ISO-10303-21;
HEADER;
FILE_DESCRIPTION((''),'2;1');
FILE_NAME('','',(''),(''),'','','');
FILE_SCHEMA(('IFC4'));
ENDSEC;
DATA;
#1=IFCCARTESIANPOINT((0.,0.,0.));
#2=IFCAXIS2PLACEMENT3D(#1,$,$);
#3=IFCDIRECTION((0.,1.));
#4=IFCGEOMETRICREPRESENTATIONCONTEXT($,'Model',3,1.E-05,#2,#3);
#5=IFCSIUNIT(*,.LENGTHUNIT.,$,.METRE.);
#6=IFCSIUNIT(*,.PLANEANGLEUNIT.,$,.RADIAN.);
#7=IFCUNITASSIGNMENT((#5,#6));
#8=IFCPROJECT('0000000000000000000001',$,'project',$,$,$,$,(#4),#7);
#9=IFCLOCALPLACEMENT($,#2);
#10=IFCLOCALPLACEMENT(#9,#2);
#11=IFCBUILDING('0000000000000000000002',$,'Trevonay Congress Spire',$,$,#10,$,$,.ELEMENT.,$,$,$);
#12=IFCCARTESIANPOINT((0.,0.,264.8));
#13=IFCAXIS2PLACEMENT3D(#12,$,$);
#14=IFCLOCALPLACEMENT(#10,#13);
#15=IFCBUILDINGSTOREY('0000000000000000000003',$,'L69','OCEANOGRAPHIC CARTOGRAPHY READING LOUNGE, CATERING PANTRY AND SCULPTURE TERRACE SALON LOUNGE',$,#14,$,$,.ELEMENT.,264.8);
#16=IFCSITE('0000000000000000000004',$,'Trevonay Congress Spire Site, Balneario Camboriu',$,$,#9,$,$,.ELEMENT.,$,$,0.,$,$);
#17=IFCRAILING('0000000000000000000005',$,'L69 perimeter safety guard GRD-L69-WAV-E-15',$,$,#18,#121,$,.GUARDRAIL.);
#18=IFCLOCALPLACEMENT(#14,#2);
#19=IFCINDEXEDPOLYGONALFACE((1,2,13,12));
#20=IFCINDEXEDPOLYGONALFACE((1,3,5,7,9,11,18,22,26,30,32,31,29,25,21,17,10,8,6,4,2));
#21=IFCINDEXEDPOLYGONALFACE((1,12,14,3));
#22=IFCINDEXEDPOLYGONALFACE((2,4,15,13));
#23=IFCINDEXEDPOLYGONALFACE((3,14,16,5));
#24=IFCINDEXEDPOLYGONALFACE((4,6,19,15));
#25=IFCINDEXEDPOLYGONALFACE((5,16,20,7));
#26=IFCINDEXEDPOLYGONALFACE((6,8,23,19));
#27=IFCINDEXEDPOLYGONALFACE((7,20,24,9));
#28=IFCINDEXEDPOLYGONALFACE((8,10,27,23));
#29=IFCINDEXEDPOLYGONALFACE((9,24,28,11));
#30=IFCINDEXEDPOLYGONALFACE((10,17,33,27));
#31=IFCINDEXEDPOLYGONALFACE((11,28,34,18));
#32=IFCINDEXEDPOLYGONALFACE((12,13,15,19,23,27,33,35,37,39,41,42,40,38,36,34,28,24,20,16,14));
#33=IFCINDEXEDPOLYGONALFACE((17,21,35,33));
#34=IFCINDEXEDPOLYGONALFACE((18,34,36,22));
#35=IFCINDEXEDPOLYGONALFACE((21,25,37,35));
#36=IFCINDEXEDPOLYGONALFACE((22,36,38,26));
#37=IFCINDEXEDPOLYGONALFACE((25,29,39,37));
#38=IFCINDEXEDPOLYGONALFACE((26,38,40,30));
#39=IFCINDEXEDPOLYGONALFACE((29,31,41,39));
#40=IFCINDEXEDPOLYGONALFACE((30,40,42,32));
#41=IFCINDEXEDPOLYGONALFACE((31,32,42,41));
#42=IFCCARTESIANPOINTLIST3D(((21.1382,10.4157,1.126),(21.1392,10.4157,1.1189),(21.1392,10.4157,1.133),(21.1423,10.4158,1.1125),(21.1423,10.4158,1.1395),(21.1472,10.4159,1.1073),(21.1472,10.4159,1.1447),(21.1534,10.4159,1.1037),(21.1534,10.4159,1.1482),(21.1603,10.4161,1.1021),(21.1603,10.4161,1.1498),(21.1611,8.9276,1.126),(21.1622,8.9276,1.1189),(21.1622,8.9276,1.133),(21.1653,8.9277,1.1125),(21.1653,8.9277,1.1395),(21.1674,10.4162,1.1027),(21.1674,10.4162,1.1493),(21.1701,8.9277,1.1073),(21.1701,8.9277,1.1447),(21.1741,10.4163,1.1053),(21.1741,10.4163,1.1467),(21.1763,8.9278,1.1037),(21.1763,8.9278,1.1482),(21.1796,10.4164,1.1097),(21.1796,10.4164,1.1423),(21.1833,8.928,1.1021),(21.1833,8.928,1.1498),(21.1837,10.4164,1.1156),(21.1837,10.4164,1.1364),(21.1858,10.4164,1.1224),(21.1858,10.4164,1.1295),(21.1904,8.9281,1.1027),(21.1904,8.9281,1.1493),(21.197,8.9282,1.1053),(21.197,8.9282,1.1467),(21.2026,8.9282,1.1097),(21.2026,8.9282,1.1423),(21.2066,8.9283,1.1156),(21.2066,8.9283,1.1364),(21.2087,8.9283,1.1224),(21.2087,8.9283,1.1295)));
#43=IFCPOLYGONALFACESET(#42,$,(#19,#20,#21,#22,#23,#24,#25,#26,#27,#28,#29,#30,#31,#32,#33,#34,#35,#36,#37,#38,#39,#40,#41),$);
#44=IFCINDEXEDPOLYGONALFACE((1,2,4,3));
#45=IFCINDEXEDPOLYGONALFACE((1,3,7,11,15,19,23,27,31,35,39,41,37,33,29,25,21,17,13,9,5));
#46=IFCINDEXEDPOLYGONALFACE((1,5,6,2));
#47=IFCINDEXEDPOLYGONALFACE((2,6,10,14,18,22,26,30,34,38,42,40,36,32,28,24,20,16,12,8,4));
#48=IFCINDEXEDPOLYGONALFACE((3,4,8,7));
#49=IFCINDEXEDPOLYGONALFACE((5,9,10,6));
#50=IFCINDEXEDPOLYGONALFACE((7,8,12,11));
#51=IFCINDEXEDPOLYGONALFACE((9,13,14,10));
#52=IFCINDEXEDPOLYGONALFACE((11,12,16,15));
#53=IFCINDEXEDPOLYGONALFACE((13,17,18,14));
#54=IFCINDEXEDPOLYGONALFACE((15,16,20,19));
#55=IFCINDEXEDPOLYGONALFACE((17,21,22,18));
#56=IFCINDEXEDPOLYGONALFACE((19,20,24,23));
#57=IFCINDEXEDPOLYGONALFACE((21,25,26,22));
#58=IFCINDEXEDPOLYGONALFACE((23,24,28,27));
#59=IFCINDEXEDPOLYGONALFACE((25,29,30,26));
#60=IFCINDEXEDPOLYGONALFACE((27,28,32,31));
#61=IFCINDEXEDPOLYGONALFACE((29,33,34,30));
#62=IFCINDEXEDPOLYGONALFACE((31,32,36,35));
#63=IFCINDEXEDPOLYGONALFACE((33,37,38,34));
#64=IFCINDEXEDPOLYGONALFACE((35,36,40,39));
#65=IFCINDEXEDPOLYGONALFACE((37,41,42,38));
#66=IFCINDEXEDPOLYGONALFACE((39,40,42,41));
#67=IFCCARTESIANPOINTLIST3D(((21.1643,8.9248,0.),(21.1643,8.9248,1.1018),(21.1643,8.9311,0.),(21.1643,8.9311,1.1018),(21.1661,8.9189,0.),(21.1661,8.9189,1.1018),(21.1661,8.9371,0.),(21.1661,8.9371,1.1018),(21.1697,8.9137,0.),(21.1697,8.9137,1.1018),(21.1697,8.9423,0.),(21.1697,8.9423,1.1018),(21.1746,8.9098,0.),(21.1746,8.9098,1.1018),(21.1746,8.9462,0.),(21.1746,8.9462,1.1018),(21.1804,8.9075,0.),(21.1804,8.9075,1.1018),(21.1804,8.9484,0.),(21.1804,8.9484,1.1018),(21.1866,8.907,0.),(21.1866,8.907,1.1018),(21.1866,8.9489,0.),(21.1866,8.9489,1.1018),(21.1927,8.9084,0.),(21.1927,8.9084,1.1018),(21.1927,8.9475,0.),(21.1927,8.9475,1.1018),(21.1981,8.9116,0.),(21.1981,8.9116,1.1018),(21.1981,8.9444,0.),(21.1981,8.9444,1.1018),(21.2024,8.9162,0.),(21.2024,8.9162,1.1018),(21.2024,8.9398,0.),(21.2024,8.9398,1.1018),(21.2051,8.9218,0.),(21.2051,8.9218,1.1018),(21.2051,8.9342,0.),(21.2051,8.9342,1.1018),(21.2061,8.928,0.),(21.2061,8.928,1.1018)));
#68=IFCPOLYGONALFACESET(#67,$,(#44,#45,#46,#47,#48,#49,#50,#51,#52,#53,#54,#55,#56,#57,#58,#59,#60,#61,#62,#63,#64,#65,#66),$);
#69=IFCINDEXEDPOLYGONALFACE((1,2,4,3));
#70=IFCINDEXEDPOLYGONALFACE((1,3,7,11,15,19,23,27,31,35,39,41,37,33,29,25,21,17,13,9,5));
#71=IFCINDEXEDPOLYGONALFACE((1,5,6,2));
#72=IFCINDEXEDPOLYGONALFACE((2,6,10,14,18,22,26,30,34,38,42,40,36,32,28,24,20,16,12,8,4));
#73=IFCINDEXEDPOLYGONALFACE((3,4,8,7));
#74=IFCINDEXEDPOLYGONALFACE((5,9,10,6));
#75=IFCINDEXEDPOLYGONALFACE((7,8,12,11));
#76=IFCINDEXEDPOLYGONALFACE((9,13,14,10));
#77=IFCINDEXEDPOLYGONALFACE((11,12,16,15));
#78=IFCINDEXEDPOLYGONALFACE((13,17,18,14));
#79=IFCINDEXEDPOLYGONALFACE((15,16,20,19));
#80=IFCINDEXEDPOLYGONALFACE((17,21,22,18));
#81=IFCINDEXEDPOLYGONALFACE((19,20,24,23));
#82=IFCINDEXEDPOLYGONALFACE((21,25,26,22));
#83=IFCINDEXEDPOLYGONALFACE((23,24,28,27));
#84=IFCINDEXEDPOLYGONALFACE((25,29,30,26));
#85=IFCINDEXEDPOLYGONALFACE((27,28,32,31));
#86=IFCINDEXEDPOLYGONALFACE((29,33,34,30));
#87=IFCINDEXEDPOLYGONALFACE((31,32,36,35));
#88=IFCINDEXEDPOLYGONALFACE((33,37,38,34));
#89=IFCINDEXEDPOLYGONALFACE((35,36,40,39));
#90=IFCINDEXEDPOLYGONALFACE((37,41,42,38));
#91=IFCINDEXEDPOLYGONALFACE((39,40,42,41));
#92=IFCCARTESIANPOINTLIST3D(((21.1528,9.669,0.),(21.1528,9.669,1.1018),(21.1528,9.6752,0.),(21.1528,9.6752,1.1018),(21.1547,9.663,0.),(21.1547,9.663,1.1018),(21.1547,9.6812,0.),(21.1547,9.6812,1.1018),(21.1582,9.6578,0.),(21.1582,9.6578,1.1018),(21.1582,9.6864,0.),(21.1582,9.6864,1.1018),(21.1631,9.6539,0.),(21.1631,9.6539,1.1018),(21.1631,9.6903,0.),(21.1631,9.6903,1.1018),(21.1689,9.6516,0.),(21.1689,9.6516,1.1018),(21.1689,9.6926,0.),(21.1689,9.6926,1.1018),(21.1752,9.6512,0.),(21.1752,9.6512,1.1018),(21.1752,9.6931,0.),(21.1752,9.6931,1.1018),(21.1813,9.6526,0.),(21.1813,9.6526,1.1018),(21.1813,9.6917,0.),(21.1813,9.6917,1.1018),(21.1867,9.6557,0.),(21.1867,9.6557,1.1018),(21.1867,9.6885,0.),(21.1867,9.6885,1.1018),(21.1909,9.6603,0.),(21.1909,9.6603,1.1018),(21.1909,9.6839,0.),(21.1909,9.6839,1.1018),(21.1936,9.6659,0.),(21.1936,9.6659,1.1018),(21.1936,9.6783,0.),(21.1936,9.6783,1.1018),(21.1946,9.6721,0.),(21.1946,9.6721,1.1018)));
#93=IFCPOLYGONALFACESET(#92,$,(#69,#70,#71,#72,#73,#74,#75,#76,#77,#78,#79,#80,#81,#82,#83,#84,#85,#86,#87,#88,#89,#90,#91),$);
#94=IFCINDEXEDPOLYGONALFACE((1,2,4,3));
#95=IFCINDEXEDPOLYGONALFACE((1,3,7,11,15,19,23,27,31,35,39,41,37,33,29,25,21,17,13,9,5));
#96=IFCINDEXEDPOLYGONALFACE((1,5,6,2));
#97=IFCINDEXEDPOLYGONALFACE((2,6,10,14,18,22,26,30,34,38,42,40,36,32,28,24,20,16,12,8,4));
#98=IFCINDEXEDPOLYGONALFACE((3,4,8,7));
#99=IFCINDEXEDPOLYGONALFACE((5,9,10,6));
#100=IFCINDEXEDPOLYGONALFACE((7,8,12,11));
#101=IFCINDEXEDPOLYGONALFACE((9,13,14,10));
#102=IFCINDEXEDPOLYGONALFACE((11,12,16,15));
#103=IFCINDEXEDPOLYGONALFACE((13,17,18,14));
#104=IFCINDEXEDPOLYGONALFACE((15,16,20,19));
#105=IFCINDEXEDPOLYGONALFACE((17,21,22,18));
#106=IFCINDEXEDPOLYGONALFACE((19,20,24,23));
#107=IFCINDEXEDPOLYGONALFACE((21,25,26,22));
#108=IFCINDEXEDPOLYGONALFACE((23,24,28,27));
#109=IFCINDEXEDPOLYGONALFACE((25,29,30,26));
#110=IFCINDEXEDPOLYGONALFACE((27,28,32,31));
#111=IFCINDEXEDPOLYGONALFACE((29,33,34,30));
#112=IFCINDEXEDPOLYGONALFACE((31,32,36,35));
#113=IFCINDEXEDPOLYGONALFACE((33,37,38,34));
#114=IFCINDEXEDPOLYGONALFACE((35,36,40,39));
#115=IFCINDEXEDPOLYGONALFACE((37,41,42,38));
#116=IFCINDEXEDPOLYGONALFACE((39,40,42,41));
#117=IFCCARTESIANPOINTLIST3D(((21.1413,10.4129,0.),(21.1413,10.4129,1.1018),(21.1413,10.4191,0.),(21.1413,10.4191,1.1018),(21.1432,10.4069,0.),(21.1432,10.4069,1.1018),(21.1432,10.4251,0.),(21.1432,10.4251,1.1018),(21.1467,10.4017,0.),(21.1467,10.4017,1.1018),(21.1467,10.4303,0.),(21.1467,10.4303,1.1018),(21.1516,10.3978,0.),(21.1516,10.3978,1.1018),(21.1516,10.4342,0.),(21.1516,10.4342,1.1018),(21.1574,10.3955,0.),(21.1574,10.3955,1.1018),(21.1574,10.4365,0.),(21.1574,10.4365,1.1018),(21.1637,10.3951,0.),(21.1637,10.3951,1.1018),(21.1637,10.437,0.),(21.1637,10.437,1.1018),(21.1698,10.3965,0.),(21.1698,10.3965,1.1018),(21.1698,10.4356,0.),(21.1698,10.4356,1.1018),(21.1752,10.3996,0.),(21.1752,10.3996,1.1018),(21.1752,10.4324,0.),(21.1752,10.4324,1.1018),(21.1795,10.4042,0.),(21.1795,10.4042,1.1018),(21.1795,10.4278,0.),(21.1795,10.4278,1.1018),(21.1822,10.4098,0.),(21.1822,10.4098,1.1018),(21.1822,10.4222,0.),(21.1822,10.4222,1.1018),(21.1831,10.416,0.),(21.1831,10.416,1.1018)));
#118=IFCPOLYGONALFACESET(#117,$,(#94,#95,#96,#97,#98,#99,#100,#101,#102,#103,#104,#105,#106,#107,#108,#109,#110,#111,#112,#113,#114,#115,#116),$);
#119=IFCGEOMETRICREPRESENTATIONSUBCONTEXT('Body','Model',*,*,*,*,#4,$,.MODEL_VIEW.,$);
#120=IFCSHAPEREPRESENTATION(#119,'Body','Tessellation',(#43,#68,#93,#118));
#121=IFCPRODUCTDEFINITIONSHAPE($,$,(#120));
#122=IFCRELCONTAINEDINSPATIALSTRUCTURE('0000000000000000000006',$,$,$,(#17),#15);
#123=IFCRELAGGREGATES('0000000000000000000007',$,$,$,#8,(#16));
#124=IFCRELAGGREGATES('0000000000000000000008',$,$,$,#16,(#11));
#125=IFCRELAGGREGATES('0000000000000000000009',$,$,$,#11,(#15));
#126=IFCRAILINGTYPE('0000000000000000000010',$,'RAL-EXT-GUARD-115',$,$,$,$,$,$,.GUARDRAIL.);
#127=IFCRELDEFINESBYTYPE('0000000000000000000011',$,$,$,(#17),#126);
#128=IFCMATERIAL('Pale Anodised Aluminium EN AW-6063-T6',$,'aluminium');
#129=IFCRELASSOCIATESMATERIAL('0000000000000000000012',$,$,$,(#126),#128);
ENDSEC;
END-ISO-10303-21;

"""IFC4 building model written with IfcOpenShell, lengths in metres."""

from ifc_helpers import new_model, si_unit, direction, frame, origin, origin_2d, place, context, subcontext, project, spatial, circle, extrude, material, type_object, element, save


model = new_model("IFC4")

# Units and contexts
model_context = context("Model", 3, precision=1e-05, world=origin(), true_north=direction((0.0, 1.0)))
body_context = subcontext(model_context, "Body", "Model", "MODEL_VIEW")
ifc_project = project(units=[si_unit("LENGTHUNIT", "METRE"), si_unit("PLANEANGLEUNIT", "RADIAN")], contexts=[model_context])

# Site, building, storey
site_placement = place(None, origin())
site = spatial("IfcSite", under=ifc_project, at=site_placement, Name="Trevonay Congress Spire Site, Balneario Camboriu", CompositionType="ELEMENT", RefElevation=0.0)
building_placement = place(site_placement, origin())
building = spatial("IfcBuilding", under=site, at=building_placement, Name="Trevonay Congress Spire", CompositionType="ELEMENT")
storey_placement = place(building_placement, frame((0.0, 0.0, 264.8)))
storey = spatial("IfcBuildingStorey", under=building, at=storey_placement, Name="L69", Description="OCEANOGRAPHIC CARTOGRAPHY READING LOUNGE, CATERING PANTRY AND SCULPTURE TERRACE SALON LOUNGE", CompositionType="ELEMENT", Elevation=264.8)

# Shared definitions
ifc_material_1 = material(Name="Pale Anodised Aluminium EN AW-6063-T6", Category="aluminium")

# Railing
railing_type = type_object("IfcRailingType", Name="RAL-EXT-GUARD-115", PredefinedType="GUARDRAIL", material=ifc_material_1)
railing_1_placement = place(storey_placement, frame((21.1851, 8.928, 0.0)))
element("IfcRailing", 1, at=railing_1_placement, inside=storey, type_object=railing_type, Name="L69 perimeter safety guard GRD-L69-WAV-E-15", PredefinedType="GUARDRAIL", context=body_context, shape_type="SweptSolid", body=[
    extrude(circle(Radius=0.0239, at=origin_2d()), frame((0.0, 0.0, 1.126), z_axis=(-0.015421, 0.999881, 0.0), x_axis=(-0.999881, -0.015421, 0.0)), (0.0, 0.0, 1.0), 1.4883),
    extrude(circle(Radius=0.021, at=origin_2d()), origin(), (0.0, 0.0, 1.0), 1.1018),
    extrude(circle(Radius=0.021, at=origin_2d()), frame((-0.0115, 0.7441, 0.0)), (0.0, 0.0, 1.0), 1.1018),
    extrude(circle(Radius=0.021, at=origin_2d()), frame((-0.0229, 1.488, 0.0)), (0.0, 0.0, 1.0), 1.1018),
])

save(model, "model.ifc")
